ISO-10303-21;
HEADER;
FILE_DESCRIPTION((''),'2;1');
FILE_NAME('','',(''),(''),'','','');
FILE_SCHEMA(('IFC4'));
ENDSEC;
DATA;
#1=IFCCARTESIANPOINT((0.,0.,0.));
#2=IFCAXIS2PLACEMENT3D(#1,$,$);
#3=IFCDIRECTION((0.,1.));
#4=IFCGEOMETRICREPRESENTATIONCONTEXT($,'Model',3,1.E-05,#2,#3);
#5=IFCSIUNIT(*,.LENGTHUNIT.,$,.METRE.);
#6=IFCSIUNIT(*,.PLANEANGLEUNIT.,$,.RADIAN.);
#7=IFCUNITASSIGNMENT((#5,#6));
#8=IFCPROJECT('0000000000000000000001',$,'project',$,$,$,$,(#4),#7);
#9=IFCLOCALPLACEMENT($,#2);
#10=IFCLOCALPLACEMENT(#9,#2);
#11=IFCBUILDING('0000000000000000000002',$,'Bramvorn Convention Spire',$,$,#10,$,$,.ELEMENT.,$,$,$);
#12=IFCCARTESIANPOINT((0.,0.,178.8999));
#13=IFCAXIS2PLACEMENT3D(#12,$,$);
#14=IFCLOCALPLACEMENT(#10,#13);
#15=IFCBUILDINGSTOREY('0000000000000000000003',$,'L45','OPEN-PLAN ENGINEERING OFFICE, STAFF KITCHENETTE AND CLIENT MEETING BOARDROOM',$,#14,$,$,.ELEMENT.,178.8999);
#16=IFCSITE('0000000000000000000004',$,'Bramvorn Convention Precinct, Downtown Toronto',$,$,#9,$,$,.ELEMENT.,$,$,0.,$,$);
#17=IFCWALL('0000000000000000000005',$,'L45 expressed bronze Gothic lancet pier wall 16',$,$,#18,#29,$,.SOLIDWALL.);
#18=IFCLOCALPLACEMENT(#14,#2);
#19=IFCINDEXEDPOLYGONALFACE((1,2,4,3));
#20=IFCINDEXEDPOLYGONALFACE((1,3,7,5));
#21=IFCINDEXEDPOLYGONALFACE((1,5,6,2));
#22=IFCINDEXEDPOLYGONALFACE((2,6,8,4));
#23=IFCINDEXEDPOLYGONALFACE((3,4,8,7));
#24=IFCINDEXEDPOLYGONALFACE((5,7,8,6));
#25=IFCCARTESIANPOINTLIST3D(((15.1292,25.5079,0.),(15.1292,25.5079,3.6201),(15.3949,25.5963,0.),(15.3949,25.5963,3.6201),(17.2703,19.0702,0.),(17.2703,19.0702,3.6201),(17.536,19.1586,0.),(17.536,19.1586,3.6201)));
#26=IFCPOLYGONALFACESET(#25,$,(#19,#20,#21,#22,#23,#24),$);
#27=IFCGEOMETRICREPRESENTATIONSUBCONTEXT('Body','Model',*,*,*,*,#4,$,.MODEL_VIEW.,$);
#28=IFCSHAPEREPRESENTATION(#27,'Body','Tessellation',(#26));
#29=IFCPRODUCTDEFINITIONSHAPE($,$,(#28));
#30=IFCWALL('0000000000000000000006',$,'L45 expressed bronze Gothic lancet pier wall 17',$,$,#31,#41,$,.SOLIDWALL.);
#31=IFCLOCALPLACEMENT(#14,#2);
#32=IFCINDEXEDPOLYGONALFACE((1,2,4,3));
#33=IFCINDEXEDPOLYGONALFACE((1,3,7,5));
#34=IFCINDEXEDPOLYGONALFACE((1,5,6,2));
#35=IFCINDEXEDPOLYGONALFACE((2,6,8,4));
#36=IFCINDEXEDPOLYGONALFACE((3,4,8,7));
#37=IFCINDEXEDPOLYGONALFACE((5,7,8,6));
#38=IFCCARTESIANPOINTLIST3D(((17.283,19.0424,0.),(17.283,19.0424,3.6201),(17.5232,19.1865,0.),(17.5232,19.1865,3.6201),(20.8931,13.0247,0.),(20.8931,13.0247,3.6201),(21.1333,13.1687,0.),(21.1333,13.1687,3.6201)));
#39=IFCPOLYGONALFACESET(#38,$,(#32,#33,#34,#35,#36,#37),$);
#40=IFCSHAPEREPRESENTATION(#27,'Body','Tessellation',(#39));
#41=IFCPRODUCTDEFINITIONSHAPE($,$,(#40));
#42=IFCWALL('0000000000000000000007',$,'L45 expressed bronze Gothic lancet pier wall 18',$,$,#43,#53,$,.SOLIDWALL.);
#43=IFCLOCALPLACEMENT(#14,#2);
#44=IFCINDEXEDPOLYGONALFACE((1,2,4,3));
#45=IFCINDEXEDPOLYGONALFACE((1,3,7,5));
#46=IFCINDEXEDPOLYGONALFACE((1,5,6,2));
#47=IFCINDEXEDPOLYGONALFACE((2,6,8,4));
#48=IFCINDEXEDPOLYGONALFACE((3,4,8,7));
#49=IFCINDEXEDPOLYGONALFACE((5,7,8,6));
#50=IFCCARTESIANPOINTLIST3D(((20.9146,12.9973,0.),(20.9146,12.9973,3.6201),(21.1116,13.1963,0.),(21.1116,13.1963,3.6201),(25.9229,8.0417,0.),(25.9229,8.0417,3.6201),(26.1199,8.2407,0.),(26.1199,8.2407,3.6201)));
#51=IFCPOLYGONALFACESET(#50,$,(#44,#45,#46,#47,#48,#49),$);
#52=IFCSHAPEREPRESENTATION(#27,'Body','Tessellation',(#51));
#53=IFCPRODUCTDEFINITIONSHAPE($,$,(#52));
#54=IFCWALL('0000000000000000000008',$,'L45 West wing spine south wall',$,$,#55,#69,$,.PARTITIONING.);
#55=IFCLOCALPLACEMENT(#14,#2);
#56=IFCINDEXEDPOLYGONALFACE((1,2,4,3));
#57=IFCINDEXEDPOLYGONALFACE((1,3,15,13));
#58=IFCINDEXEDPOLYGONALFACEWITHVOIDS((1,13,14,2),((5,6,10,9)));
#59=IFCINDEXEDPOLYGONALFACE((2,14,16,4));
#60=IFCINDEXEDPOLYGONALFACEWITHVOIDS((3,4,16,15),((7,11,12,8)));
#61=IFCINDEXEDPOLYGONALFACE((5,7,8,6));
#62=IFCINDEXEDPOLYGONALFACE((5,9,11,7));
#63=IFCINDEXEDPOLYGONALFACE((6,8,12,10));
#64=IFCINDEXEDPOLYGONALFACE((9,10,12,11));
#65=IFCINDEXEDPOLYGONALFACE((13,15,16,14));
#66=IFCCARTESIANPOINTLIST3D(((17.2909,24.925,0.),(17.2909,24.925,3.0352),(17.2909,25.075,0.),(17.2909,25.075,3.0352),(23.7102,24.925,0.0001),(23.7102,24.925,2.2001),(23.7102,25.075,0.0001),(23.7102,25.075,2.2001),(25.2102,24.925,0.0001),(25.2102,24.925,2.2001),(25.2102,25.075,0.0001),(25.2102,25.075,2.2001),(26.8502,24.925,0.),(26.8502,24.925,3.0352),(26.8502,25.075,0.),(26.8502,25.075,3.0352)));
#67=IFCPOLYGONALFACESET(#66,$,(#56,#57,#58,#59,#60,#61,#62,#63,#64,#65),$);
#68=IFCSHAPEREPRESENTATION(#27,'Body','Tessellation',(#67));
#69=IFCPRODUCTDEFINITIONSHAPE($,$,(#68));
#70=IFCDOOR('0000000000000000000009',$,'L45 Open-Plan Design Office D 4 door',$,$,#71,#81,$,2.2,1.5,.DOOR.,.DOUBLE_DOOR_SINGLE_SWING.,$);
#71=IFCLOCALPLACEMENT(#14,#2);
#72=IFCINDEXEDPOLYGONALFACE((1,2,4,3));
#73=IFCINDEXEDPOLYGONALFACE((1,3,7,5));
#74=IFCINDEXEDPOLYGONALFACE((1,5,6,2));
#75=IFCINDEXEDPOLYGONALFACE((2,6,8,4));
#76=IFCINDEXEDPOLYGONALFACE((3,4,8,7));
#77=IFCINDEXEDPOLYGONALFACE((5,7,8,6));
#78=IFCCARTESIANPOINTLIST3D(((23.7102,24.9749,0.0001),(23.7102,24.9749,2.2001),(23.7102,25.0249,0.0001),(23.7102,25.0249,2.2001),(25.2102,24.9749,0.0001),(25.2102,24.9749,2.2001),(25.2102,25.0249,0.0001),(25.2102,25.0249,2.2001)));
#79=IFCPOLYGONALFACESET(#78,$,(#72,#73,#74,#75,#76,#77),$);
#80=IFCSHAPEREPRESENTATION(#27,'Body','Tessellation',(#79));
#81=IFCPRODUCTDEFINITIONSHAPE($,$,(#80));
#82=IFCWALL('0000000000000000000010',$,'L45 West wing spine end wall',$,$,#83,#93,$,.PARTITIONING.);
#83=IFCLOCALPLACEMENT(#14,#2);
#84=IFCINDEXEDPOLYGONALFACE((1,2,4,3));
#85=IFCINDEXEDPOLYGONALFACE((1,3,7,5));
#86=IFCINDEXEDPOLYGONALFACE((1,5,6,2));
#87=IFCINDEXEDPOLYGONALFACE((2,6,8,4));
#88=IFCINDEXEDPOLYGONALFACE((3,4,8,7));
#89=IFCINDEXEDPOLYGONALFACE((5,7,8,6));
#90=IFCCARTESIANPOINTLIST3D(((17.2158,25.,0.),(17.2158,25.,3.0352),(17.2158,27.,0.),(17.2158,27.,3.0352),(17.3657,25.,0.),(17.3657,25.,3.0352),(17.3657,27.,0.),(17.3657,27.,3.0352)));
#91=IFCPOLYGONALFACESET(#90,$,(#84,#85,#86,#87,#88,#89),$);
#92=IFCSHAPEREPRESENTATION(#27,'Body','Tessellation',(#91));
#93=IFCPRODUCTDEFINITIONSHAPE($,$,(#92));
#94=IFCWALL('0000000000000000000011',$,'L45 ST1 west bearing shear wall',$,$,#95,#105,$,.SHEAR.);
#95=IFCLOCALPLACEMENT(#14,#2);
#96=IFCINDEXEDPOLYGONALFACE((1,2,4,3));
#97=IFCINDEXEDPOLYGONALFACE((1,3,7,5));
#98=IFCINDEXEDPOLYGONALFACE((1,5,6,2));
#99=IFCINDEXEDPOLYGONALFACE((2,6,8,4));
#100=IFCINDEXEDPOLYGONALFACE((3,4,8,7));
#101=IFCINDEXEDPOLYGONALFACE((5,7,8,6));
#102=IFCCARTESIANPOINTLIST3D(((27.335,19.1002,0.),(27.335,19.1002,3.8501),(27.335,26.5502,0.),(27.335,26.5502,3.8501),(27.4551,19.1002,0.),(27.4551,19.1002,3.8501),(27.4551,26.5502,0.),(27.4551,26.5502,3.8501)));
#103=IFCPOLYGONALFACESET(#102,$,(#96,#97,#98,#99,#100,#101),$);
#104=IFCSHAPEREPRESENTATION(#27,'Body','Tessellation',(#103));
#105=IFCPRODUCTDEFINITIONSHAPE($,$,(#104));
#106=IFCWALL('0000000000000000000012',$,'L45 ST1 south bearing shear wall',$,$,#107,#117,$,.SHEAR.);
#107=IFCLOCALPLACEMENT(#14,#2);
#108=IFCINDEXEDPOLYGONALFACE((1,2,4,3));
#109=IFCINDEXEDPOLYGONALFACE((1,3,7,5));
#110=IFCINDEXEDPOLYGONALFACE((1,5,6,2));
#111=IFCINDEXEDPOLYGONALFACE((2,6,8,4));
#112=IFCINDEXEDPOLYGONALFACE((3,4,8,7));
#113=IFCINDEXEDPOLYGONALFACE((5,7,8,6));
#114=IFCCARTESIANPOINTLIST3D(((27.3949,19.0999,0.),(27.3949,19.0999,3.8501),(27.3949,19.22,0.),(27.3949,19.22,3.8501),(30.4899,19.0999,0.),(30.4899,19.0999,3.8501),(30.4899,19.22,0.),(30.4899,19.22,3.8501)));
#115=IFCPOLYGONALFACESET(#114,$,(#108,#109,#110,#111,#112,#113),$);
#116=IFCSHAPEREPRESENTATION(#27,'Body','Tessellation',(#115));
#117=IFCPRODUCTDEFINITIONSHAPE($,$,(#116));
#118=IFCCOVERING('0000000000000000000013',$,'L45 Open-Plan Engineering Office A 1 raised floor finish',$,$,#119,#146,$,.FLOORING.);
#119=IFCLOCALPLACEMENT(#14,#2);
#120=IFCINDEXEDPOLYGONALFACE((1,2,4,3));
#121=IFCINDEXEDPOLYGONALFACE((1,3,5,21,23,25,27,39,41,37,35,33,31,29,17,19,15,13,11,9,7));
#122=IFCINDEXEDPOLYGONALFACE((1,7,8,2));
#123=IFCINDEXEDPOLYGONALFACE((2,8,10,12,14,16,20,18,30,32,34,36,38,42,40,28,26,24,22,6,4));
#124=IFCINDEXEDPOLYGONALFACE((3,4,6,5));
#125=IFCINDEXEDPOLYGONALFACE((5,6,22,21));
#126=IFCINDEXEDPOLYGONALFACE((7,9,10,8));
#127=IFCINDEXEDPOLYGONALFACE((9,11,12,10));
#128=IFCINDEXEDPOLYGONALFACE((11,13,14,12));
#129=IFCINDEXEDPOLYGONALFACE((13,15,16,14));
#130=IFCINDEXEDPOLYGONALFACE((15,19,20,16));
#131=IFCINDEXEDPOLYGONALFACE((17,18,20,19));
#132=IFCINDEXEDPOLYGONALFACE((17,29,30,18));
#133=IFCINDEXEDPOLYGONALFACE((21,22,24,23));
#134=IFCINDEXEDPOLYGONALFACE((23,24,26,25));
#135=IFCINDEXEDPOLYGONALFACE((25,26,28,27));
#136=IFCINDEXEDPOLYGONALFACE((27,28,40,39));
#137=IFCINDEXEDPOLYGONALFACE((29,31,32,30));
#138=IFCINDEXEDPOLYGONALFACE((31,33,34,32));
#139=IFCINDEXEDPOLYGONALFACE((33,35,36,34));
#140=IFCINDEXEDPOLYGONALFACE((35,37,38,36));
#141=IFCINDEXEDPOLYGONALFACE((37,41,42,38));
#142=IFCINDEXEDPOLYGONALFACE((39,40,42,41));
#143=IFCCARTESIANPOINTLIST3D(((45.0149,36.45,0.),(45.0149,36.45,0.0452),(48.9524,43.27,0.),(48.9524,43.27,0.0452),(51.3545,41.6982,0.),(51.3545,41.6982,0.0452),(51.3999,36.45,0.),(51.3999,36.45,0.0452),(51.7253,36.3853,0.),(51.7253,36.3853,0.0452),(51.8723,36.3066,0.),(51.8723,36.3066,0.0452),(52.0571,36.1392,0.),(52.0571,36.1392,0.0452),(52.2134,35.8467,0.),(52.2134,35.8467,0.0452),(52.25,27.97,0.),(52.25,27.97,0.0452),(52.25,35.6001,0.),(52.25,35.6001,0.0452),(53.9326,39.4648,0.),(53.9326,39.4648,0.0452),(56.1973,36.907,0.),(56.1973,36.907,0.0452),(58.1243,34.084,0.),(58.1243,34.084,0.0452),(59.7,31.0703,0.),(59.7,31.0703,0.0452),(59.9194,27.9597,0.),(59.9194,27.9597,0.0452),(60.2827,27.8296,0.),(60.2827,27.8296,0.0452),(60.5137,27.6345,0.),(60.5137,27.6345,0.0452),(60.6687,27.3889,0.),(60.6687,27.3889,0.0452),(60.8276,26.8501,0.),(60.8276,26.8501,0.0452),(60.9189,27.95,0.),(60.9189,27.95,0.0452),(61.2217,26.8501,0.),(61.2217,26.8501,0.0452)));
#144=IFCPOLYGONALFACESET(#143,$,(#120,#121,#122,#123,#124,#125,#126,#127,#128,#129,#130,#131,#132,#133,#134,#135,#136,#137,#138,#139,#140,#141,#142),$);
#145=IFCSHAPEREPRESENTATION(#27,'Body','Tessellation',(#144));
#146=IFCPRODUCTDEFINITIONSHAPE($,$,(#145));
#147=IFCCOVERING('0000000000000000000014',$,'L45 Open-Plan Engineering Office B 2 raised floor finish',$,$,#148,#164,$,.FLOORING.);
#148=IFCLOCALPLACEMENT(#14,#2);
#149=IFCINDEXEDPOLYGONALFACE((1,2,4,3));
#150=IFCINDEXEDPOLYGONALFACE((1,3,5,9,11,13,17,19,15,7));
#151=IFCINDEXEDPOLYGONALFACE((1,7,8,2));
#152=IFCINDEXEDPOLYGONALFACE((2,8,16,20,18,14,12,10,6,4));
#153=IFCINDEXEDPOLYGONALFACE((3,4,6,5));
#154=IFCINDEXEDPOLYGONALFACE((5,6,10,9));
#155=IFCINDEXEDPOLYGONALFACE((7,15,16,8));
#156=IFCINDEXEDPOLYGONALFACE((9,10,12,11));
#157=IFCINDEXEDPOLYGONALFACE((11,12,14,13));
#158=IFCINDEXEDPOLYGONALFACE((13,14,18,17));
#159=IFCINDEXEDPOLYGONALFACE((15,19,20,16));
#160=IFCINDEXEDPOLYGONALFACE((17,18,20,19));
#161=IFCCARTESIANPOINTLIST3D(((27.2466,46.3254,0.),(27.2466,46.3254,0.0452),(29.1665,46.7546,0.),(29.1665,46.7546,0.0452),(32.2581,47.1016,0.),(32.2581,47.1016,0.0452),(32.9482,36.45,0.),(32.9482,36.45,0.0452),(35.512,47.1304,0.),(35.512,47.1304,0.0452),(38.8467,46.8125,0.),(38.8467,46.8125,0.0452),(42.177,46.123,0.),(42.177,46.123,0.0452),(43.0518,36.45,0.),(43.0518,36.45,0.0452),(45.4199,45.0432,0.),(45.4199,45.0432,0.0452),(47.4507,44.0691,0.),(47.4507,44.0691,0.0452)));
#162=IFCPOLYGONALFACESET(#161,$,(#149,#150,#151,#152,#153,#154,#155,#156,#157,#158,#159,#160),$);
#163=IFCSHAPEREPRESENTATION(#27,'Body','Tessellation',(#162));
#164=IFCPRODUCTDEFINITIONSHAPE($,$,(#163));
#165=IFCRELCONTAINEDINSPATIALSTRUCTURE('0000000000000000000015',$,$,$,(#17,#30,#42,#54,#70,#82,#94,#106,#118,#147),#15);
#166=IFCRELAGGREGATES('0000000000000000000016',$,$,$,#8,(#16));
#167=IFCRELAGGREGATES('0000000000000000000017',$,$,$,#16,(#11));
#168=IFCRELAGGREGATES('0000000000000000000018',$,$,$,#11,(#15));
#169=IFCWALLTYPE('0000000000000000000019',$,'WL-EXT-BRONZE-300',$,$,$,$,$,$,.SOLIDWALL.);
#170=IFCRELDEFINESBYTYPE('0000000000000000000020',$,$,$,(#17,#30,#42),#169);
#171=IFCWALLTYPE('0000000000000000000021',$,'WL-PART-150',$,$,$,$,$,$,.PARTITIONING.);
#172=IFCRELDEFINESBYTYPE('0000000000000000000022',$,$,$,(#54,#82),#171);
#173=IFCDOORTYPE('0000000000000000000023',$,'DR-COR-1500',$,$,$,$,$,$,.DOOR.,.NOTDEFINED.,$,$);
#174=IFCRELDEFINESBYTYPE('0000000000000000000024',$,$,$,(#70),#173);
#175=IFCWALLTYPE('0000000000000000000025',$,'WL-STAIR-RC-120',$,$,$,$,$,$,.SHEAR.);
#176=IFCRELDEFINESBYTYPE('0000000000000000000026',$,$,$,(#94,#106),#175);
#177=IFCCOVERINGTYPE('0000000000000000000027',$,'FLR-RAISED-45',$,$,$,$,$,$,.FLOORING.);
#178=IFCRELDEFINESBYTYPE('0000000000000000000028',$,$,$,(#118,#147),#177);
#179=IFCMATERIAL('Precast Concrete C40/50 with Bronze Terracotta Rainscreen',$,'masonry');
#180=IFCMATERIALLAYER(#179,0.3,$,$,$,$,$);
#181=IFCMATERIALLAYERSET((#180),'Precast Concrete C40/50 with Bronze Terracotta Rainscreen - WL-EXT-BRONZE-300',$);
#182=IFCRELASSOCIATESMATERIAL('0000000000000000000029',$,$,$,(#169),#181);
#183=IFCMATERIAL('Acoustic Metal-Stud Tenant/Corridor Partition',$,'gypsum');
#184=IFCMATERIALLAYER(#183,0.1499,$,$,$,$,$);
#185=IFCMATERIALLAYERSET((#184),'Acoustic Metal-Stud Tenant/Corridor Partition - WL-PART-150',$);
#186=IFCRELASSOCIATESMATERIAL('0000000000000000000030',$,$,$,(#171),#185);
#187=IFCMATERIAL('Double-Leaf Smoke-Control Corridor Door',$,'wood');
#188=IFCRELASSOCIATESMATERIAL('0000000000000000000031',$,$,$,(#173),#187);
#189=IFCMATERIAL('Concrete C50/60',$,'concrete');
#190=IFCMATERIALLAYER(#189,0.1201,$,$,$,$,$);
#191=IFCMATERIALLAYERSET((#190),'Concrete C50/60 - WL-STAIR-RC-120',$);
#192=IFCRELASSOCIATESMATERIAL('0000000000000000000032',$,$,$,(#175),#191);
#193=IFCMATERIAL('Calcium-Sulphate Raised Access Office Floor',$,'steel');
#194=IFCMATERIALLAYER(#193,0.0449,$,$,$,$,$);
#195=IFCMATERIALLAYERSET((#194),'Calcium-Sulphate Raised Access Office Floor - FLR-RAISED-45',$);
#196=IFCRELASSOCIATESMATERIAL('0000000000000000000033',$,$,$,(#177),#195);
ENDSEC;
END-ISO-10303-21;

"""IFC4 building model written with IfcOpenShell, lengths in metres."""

from ifc_helpers import new_model, si_unit, direction, frame, frame_2d, origin, place, context, subcontext, project, spatial, polyline, rectangle, outline, extrude, material, layer, layer_set, type_object, element, fill, save


model = new_model("IFC4")

# Units and contexts
model_context = context("Model", 3, precision=1e-05, world=origin(), true_north=direction((0.0, 1.0)))
body_context = subcontext(model_context, "Body", "Model", "MODEL_VIEW")
ifc_project = project(units=[si_unit("LENGTHUNIT", "METRE"), si_unit("PLANEANGLEUNIT", "RADIAN")], contexts=[model_context])

# Site, building, storey
site_placement = place(None, origin())
site = spatial("IfcSite", under=ifc_project, at=site_placement, Name="Bramvorn Convention Precinct, Downtown Toronto", CompositionType="ELEMENT", RefElevation=0.0)
building_placement = place(site_placement, origin())
building = spatial("IfcBuilding", under=site, at=building_placement, Name="Bramvorn Convention Spire", CompositionType="ELEMENT")
storey_placement = place(building_placement, frame((0.0, 0.0, 178.8999)))
storey = spatial("IfcBuildingStorey", under=building, at=storey_placement, Name="L45", Description="OPEN-PLAN ENGINEERING OFFICE, STAFF KITCHENETTE AND CLIENT MEETING BOARDROOM", CompositionType="ELEMENT", Elevation=178.8999)

# Shared definitions
ifc_material_1 = material(Name="Concrete C50/60", Category="concrete")

# Walls
ifc_material_2 = material(Name="Precast Concrete C40/50 with Bronze Terracotta Rainscreen", Category="masonry")
ifc_layer_1 = layer(ifc_material_2, 0.3)
ifc_layer_set_1 = layer_set([ifc_layer_1], Name="Precast Concrete C40/50 with Bronze Terracotta Rainscreen - WL-EXT-BRONZE-300")
wall_type_1 = type_object("IfcWallType", Name="WL-EXT-BRONZE-300", PredefinedType="SOLIDWALL", material=ifc_layer_set_1)
wall_1_placement = place(storey_placement, frame((17.4031, 19.1145, 0.0), z_axis=(0.0, 0.0, 1.0), x_axis=(-0.315591, 0.948895, 0.0)))
element("IfcWall", 1, at=wall_1_placement, inside=storey, type_object=wall_type_1, Name="L45 expressed bronze Gothic lancet pier wall 16", PredefinedType="SOLIDWALL", context=body_context, shape_type="SweptSolid", body=[
    extrude(rectangle(XDim=6.7844, YDim=0.28, at=frame_2d((3.3921, 0.0))), origin(), (0.0, 0.0, 1.0), 3.6201),
])
wall_2_placement = place(storey_placement, frame((21.0132, 13.0967, 0.0), z_axis=(0.0, 0.0, 1.0), x_axis=(-0.514434, 0.85753, 0.0)))
element("IfcWall", 2, at=wall_2_placement, inside=storey, type_object=wall_type_1, Name="L45 expressed bronze Gothic lancet pier wall 17", PredefinedType="SOLIDWALL", context=body_context, shape_type="SweptSolid", body=[
    extrude(rectangle(XDim=7.0176, YDim=0.28, at=frame_2d((3.5088, 0.0))), origin(), (0.0, 0.0, 1.0), 3.6201),
])
wall_3_placement = place(storey_placement, frame((26.0215, 8.1411, 0.0), z_axis=(0.0, 0.0, 1.0), x_axis=(-0.710839, 0.703355, 0.0)))
element("IfcWall", 3, at=wall_3_placement, inside=storey, type_object=wall_type_1, Name="L45 expressed bronze Gothic lancet pier wall 18", PredefinedType="SOLIDWALL", context=body_context, shape_type="SweptSolid", body=[
    extrude(rectangle(XDim=7.0457, YDim=0.28, at=frame_2d((3.5229, 0.0))), origin(), (0.0, 0.0, 1.0), 3.6201),
])

# Wall, opening, door
ifc_material_3 = material(Name="Acoustic Metal-Stud Tenant/Corridor Partition", Category="gypsum")
ifc_layer_2 = layer(ifc_material_3, 0.1499)
ifc_layer_set_2 = layer_set([ifc_layer_2], Name="Acoustic Metal-Stud Tenant/Corridor Partition - WL-PART-150")
wall_type_2 = type_object("IfcWallType", Name="WL-PART-150", PredefinedType="PARTITIONING", material=ifc_layer_set_2)
wall_4_placement = place(storey_placement, frame((17.2908, 25.0, 0.0), z_axis=(0.0, 0.0, 1.0), x_axis=(1.0, 0.0, 0.0)))
wall_4 = element("IfcWall", 4, at=wall_4_placement, inside=storey, type_object=wall_type_2, Name="L45 West wing spine south wall", PredefinedType="PARTITIONING", context=body_context, shape_type="SweptSolid", body=[
    extrude(rectangle(XDim=9.5593, YDim=0.1499, at=frame_2d((4.7798, 0.0))), origin(), (0.0, 0.0, 1.0), 3.0352),
])
opening_1_placement = place(wall_4_placement, frame((6.4194, 0.0, 0.0)))
opening_1 = element("IfcOpeningElement", 5, at=opening_1_placement, cuts=wall_4, PredefinedType="OPENING", context=body_context, shape_type="SweptSolid", body=[
    extrude(rectangle(XDim=1.5, YDim=2.2, at=frame_2d((0.75, 1.1001))), frame((0.0, 0.085, 0.0), z_axis=(0.0, -1.0, 0.0), x_axis=(1.0, 0.0, 0.0)), (0.0, 0.0, 1.0), 0.1699),
])
ifc_material_4 = material(Name="Double-Leaf Smoke-Control Corridor Door", Category="wood")
door_type_1 = type_object("IfcDoorType", Name="DR-COR-1500", OperationType="NOTDEFINED", PredefinedType="DOOR", material=ifc_material_4)
door_1_placement = place(opening_1_placement, origin())
door_1 = element("IfcDoor", 6, at=door_1_placement, inside=storey, type_object=door_type_1, Name="L45 Open-Plan Design Office D 4 door", OperationType="DOUBLE_DOOR_SINGLE_SWING", OverallHeight=2.2, OverallWidth=1.5, PredefinedType="DOOR", context=body_context, shape_type="SweptSolid", body=[
    extrude(rectangle(XDim=1.5, YDim=2.2, at=frame_2d((0.75, 1.1001))), frame((0.0, 0.0249, 0.0), z_axis=(0.0, -1.0, 0.0), x_axis=(1.0, 0.0, 0.0)), (0.0, 0.0, 1.0), 0.05),
])
fill(opening_1, door_1)

# Walls
wall_5_placement = place(storey_placement, frame((17.2908, 25.0, 0.0), z_axis=(0.0, 0.0, 1.0), x_axis=(0.0, 1.0, 0.0)))
element("IfcWall", 7, at=wall_5_placement, inside=storey, type_object=wall_type_2, Name="L45 West wing spine end wall", PredefinedType="PARTITIONING", context=body_context, shape_type="SweptSolid", body=[
    extrude(rectangle(XDim=2.0, YDim=0.1499, at=frame_2d((1.0, 0.0))), origin(), (0.0, 0.0, 1.0), 3.0352),
])
ifc_layer_3 = layer(ifc_material_1, 0.1201)
ifc_layer_set_3 = layer_set([ifc_layer_3], Name="Concrete C50/60 - WL-STAIR-RC-120")
wall_type_3 = type_object("IfcWallType", Name="WL-STAIR-RC-120", PredefinedType="SHEAR", material=ifc_layer_set_3)
wall_6_placement = place(storey_placement, frame((27.395, 19.1001, 0.0), z_axis=(0.0, 0.0, 1.0), x_axis=(0.0, 1.0, 0.0)))
element("IfcWall", 8, at=wall_6_placement, inside=storey, type_object=wall_type_3, Name="L45 ST1 west bearing shear wall", PredefinedType="SHEAR", context=body_context, shape_type="SweptSolid", body=[
    extrude(rectangle(XDim=7.45, YDim=0.1201, at=frame_2d((3.7251, 0.0))), origin(), (0.0, 0.0, 1.0), 3.8501),
])
wall_7_placement = place(storey_placement, frame((27.395, 19.1599, 0.0), z_axis=(0.0, 0.0, 1.0), x_axis=(1.0, 0.0, 0.0)))
element("IfcWall", 9, at=wall_7_placement, inside=storey, type_object=wall_type_3, Name="L45 ST1 south bearing shear wall", PredefinedType="SHEAR", context=body_context, shape_type="SweptSolid", body=[
    extrude(rectangle(XDim=3.095, YDim=0.1201, at=frame_2d((1.5474, 0.0))), origin(), (0.0, 0.0, 1.0), 3.8501),
])

# Coverings
ifc_material_5 = material(Name="Calcium-Sulphate Raised Access Office Floor", Category="steel")
ifc_layer_4 = layer(ifc_material_5, 0.0449)
ifc_layer_set_4 = layer_set([ifc_layer_4], Name="Calcium-Sulphate Raised Access Office Floor - FLR-RAISED-45")
covering_type = type_object("IfcCoveringType", Name="FLR-RAISED-45", PredefinedType="FLOORING", material=ifc_layer_set_4)
covering_1_placement = place(storey_placement, origin())
element("IfcCovering", 10, at=covering_1_placement, inside=storey, type_object=covering_type, Name="L45 Open-Plan Engineering Office A 1 raised floor finish", PredefinedType="FLOORING", context=body_context, shape_type="SweptSolid", body=[
    extrude(outline(polyline([(45.0149, 36.45), (51.3999, 36.45), (51.7253, 36.3853), (51.8723, 36.3066), (52.0571, 36.1392), (52.2134, 35.8467), (52.25, 35.6001), (52.25, 27.97), (59.9194, 27.9597), (60.2827, 27.8296), (60.5137, 27.6345), (60.6687, 27.3889), (60.8276, 26.8501), (61.2217, 26.8501), (60.9189, 27.95), (59.7, 31.0703), (58.1243, 34.084), (56.1973, 36.907), (53.9326, 39.4648), (51.3545, 41.6982), (48.9524, 43.27), (45.0149, 36.45)])), origin(), (0.0, 0.0, 1.0), 0.0452),
])
covering_2_placement = place(storey_placement, origin())
element("IfcCovering", 11, at=covering_2_placement, inside=storey, type_object=covering_type, Name="L45 Open-Plan Engineering Office B 2 raised floor finish", PredefinedType="FLOORING", context=body_context, shape_type="SweptSolid", body=[
    extrude(outline(polyline([(32.9482, 36.45), (43.0518, 36.45), (47.4507, 44.0691), (45.4199, 45.0432), (42.177, 46.123), (38.8467, 46.8125), (35.512, 47.1304), (32.2581, 47.1016), (29.1665, 46.7546), (27.2466, 46.3254), (32.9482, 36.45)])), origin(), (0.0, 0.0, 1.0), 0.0452),
])

save(model, "model.ifc")
